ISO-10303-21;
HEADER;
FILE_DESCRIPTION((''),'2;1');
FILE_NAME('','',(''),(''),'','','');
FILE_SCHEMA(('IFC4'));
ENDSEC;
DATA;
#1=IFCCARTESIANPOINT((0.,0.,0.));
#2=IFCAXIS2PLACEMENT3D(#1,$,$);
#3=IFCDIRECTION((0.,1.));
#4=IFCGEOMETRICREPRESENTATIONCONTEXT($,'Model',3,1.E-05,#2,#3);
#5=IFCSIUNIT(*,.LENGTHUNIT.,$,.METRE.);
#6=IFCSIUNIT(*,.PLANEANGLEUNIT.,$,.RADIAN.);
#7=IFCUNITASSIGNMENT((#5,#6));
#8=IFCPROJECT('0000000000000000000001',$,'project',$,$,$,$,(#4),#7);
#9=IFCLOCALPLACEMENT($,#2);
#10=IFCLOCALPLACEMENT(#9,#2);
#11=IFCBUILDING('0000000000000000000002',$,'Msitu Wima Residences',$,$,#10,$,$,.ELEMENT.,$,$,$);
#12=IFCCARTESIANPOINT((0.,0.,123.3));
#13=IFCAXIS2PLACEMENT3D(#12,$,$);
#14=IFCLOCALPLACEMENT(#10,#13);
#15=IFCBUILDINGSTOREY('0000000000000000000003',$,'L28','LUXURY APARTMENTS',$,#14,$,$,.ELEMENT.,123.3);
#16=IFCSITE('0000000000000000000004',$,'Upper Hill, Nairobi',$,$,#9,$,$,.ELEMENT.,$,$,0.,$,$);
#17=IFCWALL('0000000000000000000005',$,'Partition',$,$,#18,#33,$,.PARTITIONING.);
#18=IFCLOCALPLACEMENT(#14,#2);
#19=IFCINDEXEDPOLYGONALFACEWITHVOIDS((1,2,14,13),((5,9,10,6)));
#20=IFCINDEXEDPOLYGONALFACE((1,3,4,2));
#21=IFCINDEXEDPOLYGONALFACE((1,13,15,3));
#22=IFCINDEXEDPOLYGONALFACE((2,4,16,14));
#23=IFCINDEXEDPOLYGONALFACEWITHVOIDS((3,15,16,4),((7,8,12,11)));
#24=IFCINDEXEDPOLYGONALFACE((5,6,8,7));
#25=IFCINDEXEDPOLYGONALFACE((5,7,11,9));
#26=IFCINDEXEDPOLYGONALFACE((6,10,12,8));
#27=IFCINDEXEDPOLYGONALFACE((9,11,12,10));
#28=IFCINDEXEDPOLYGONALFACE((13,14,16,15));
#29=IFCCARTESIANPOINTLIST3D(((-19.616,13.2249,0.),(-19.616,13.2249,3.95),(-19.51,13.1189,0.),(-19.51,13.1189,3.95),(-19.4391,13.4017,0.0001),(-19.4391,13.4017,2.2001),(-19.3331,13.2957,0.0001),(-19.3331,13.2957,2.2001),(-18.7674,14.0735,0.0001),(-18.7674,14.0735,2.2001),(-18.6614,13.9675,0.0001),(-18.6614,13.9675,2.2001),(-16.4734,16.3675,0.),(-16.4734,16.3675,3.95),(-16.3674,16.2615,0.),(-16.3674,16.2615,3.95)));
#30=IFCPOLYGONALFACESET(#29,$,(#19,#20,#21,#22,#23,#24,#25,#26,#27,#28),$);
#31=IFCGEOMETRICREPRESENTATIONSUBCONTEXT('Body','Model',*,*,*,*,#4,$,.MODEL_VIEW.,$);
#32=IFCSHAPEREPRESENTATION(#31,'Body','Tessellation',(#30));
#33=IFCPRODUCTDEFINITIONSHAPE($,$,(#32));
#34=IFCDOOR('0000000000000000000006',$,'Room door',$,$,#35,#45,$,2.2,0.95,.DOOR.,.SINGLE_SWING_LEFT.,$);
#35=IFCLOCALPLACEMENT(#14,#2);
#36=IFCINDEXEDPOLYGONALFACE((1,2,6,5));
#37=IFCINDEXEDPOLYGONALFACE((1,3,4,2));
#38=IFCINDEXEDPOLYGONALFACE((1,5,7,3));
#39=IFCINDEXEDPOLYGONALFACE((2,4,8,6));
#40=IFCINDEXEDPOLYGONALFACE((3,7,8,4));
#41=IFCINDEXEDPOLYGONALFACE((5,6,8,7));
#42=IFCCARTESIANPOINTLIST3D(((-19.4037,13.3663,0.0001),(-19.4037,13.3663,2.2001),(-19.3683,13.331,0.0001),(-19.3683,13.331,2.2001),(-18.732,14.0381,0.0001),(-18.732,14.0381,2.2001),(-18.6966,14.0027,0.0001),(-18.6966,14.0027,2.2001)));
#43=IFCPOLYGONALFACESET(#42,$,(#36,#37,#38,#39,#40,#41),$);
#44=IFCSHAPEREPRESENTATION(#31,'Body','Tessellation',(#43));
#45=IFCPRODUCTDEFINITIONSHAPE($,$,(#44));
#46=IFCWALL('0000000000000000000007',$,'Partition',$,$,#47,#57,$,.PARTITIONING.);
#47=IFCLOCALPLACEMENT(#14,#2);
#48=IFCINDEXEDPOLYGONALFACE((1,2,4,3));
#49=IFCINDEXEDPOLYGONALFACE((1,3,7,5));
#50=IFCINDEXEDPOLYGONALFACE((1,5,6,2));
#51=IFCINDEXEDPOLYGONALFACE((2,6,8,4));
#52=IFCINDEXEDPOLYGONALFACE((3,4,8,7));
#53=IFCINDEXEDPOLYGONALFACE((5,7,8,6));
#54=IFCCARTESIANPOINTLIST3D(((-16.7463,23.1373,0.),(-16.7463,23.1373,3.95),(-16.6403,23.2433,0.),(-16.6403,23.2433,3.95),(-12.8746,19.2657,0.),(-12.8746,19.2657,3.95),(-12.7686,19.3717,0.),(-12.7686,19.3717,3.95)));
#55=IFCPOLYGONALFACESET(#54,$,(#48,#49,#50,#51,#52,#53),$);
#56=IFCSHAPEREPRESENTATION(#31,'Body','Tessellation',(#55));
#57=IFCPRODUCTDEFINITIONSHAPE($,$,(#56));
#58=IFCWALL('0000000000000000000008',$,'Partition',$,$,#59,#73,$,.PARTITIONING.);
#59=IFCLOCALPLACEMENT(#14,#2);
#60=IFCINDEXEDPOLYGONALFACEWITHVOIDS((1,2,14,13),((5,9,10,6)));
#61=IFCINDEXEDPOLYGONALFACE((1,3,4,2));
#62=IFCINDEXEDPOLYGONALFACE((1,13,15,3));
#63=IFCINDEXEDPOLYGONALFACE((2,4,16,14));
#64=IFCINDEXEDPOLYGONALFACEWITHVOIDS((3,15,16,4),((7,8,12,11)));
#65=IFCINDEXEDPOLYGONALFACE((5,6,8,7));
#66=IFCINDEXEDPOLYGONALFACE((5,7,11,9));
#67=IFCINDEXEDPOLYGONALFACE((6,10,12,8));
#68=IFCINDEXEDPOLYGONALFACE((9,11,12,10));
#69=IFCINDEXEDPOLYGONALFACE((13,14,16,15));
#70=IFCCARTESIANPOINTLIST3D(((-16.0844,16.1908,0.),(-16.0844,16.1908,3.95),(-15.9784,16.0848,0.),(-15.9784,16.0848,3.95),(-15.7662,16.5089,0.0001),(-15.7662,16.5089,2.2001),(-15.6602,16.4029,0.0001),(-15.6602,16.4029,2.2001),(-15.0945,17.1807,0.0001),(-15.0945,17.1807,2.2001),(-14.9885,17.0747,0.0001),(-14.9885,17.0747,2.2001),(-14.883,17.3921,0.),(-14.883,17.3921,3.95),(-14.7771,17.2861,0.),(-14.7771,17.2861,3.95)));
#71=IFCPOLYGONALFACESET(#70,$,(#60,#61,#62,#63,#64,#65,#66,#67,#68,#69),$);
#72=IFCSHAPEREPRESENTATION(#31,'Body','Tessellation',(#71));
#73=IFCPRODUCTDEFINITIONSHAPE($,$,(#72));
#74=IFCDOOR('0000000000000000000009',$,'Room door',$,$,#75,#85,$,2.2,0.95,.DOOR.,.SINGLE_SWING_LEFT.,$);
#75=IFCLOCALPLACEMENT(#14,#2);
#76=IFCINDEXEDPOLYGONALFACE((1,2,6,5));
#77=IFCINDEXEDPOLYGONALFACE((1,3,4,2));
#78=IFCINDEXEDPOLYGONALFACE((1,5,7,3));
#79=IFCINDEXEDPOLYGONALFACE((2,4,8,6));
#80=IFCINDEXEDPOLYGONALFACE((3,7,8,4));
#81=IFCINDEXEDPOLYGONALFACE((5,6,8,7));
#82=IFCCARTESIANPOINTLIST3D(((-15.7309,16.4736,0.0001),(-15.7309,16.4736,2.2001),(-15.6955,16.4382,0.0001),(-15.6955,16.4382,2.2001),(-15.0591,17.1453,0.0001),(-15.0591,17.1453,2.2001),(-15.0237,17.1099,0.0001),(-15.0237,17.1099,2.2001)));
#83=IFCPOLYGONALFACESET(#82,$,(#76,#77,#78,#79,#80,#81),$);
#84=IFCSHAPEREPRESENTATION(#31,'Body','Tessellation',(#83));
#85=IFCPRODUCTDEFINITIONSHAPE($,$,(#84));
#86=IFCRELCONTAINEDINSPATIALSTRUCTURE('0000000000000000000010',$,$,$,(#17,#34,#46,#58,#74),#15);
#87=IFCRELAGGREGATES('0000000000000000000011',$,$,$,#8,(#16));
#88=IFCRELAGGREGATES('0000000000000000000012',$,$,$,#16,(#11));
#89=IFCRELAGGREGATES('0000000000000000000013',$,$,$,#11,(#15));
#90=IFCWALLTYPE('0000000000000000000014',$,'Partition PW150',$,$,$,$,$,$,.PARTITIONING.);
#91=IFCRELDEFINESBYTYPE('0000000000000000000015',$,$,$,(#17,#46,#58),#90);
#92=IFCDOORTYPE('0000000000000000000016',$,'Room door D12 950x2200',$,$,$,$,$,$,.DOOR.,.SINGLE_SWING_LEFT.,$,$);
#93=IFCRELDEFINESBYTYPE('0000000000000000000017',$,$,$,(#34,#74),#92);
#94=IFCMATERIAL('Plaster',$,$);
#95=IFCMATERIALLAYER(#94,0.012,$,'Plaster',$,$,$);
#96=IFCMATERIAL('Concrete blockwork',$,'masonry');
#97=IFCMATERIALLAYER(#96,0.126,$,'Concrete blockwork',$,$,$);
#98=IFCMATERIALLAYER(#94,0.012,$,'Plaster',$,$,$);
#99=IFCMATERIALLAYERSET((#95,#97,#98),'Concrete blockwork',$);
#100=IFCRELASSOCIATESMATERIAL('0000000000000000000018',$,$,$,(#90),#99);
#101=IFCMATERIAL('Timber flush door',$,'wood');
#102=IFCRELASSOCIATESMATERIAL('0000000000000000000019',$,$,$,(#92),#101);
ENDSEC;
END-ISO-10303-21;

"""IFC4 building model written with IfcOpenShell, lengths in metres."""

from ifc_helpers import new_model, si_unit, direction, frame, frame_2d, origin, place, context, subcontext, project, spatial, rectangle, extrude, material, layer, layer_set, type_object, element, fill, save


model = new_model("IFC4")

# Units and contexts
model_context = context("Model", 3, precision=1e-05, world=origin(), true_north=direction((0.0, 1.0)))
body_context = subcontext(model_context, "Body", "Model", "MODEL_VIEW")
ifc_project = project(units=[si_unit("LENGTHUNIT", "METRE"), si_unit("PLANEANGLEUNIT", "RADIAN")], contexts=[model_context])

# Site, building, storey
site_placement = place(None, origin())
site = spatial("IfcSite", under=ifc_project, at=site_placement, Name="Upper Hill, Nairobi", CompositionType="ELEMENT", RefElevation=0.0)
building_placement = place(site_placement, origin())
building = spatial("IfcBuilding", under=site, at=building_placement, Name="Msitu Wima Residences", CompositionType="ELEMENT")
storey_placement = place(building_placement, frame((0.0, 0.0, 123.3)))
storey = spatial("IfcBuildingStorey", under=building, at=storey_placement, Name="L28", Description="LUXURY APARTMENTS", CompositionType="ELEMENT", Elevation=123.3)

# Shared definitions
ifc_material_1 = material(Name="Plaster")
ifc_material_2 = material(Name="Concrete blockwork", Category="masonry")
ifc_layer_1 = layer(ifc_material_1, 0.012, Name="Plaster")
ifc_layer_2 = layer(ifc_material_2, 0.126, Name="Concrete blockwork")
ifc_layer_3 = layer(ifc_material_1, 0.012, Name="Plaster")
ifc_layer_set_1 = layer_set([ifc_layer_1, ifc_layer_2, ifc_layer_3], Name="Concrete blockwork")
wall_type_1 = type_object("IfcWallType", Name="Partition PW150", PredefinedType="PARTITIONING", material=ifc_layer_set_1)

# Wall, opening, door
wall_1_placement = place(storey_placement, frame((-19.563, 13.1719, 0.0), z_axis=(0.0, 0.0, 1.0), x_axis=(0.707107, 0.707107, 0.0)))
wall_1 = element("IfcWall", 1, at=wall_1_placement, inside=storey, type_object=wall_type_1, Name="Partition", PredefinedType="PARTITIONING", context=body_context, shape_type="SweptSolid", body=[
    extrude(rectangle(XDim=4.4443, YDim=0.1499, at=frame_2d((2.2222, 0.0))), origin(), (0.0, 0.0, 1.0), 3.95),
])
opening_1_placement = place(wall_1_placement, frame((0.25, 0.0, 0.0)))
opening_1 = element("IfcOpeningElement", 2, at=opening_1_placement, cuts=wall_1, PredefinedType="OPENING", context=body_context, shape_type="SweptSolid", body=[
    extrude(rectangle(XDim=0.95, YDim=2.2, at=frame_2d((0.4751, 1.1001))), frame((0.0, 0.085, 0.0), z_axis=(0.0, -1.0, 0.0), x_axis=(1.0, 0.0, 0.0)), (0.0, 0.0, 1.0), 0.1699),
])
ifc_material_3 = material(Name="Timber flush door", Category="wood")
door_type_1 = type_object("IfcDoorType", Name="Room door D12 950x2200", OperationType="SINGLE_SWING_LEFT", PredefinedType="DOOR", material=ifc_material_3)
door_1_placement = place(opening_1_placement, origin())
door_1 = element("IfcDoor", 3, at=door_1_placement, inside=storey, type_object=door_type_1, Name="Room door", OperationType="SINGLE_SWING_LEFT", OverallHeight=2.2, OverallWidth=0.95, PredefinedType="DOOR", context=body_context, shape_type="SweptSolid", body=[
    extrude(rectangle(XDim=0.95, YDim=2.2, at=frame_2d((0.4751, 1.1001))), frame((0.0, 0.0249, 0.0), z_axis=(0.0, -1.0, 0.0), x_axis=(1.0, 0.0, 0.0)), (0.0, 0.0, 1.0), 0.05),
])
fill(opening_1, door_1)

# Wall
wall_2_placement = place(storey_placement, frame((-16.6934, 23.1904, 0.0), z_axis=(0.0, 0.0, 1.0), x_axis=(0.707107, -0.707107, 0.0)))
element("IfcWall", 4, at=wall_2_placement, inside=storey, type_object=wall_type_1, Name="Partition", PredefinedType="PARTITIONING", context=body_context, shape_type="SweptSolid", body=[
    extrude(rectangle(XDim=5.4753, YDim=0.1499, at=frame_2d((2.7378, 0.0))), origin(), (0.0, 0.0, 1.0), 3.95),
])

# Wall, opening, door
wall_3_placement = place(storey_placement, frame((-16.0315, 16.1377, 0.0), z_axis=(0.0, 0.0, 1.0), x_axis=(0.707107, 0.707107, 0.0)))
wall_3 = element("IfcWall", 5, at=wall_3_placement, inside=storey, type_object=wall_type_1, Name="Partition", PredefinedType="PARTITIONING", context=body_context, shape_type="SweptSolid", body=[
    extrude(rectangle(XDim=1.699, YDim=0.1499, at=frame_2d((0.8496, 0.0))), origin(), (0.0, 0.0, 1.0), 3.95),
])
opening_2_placement = place(wall_3_placement, frame((0.45, 0.0, 0.0)))
opening_2 = element("IfcOpeningElement", 6, at=opening_2_placement, cuts=wall_3, PredefinedType="OPENING", context=body_context, shape_type="SweptSolid", body=[
    extrude(rectangle(XDim=0.95, YDim=2.2, at=frame_2d((0.4751, 1.1001))), frame((0.0, 0.085, 0.0), z_axis=(0.0, -1.0, 0.0), x_axis=(1.0, 0.0, 0.0)), (0.0, 0.0, 1.0), 0.1699),
])
door_2_placement = place(opening_2_placement, origin())
door_2 = element("IfcDoor", 7, at=door_2_placement, inside=storey, type_object=door_type_1, Name="Room door", OperationType="SINGLE_SWING_LEFT", OverallHeight=2.2, OverallWidth=0.95, PredefinedType="DOOR", context=body_context, shape_type="SweptSolid", body=[
    extrude(rectangle(XDim=0.95, YDim=2.2, at=frame_2d((0.4751, 1.1001))), frame((0.0, 0.0249, 0.0), z_axis=(0.0, -1.0, 0.0), x_axis=(1.0, 0.0, 0.0)), (0.0, 0.0, 1.0), 0.05),
])
fill(opening_2, door_2)

save(model, "model.ifc")
